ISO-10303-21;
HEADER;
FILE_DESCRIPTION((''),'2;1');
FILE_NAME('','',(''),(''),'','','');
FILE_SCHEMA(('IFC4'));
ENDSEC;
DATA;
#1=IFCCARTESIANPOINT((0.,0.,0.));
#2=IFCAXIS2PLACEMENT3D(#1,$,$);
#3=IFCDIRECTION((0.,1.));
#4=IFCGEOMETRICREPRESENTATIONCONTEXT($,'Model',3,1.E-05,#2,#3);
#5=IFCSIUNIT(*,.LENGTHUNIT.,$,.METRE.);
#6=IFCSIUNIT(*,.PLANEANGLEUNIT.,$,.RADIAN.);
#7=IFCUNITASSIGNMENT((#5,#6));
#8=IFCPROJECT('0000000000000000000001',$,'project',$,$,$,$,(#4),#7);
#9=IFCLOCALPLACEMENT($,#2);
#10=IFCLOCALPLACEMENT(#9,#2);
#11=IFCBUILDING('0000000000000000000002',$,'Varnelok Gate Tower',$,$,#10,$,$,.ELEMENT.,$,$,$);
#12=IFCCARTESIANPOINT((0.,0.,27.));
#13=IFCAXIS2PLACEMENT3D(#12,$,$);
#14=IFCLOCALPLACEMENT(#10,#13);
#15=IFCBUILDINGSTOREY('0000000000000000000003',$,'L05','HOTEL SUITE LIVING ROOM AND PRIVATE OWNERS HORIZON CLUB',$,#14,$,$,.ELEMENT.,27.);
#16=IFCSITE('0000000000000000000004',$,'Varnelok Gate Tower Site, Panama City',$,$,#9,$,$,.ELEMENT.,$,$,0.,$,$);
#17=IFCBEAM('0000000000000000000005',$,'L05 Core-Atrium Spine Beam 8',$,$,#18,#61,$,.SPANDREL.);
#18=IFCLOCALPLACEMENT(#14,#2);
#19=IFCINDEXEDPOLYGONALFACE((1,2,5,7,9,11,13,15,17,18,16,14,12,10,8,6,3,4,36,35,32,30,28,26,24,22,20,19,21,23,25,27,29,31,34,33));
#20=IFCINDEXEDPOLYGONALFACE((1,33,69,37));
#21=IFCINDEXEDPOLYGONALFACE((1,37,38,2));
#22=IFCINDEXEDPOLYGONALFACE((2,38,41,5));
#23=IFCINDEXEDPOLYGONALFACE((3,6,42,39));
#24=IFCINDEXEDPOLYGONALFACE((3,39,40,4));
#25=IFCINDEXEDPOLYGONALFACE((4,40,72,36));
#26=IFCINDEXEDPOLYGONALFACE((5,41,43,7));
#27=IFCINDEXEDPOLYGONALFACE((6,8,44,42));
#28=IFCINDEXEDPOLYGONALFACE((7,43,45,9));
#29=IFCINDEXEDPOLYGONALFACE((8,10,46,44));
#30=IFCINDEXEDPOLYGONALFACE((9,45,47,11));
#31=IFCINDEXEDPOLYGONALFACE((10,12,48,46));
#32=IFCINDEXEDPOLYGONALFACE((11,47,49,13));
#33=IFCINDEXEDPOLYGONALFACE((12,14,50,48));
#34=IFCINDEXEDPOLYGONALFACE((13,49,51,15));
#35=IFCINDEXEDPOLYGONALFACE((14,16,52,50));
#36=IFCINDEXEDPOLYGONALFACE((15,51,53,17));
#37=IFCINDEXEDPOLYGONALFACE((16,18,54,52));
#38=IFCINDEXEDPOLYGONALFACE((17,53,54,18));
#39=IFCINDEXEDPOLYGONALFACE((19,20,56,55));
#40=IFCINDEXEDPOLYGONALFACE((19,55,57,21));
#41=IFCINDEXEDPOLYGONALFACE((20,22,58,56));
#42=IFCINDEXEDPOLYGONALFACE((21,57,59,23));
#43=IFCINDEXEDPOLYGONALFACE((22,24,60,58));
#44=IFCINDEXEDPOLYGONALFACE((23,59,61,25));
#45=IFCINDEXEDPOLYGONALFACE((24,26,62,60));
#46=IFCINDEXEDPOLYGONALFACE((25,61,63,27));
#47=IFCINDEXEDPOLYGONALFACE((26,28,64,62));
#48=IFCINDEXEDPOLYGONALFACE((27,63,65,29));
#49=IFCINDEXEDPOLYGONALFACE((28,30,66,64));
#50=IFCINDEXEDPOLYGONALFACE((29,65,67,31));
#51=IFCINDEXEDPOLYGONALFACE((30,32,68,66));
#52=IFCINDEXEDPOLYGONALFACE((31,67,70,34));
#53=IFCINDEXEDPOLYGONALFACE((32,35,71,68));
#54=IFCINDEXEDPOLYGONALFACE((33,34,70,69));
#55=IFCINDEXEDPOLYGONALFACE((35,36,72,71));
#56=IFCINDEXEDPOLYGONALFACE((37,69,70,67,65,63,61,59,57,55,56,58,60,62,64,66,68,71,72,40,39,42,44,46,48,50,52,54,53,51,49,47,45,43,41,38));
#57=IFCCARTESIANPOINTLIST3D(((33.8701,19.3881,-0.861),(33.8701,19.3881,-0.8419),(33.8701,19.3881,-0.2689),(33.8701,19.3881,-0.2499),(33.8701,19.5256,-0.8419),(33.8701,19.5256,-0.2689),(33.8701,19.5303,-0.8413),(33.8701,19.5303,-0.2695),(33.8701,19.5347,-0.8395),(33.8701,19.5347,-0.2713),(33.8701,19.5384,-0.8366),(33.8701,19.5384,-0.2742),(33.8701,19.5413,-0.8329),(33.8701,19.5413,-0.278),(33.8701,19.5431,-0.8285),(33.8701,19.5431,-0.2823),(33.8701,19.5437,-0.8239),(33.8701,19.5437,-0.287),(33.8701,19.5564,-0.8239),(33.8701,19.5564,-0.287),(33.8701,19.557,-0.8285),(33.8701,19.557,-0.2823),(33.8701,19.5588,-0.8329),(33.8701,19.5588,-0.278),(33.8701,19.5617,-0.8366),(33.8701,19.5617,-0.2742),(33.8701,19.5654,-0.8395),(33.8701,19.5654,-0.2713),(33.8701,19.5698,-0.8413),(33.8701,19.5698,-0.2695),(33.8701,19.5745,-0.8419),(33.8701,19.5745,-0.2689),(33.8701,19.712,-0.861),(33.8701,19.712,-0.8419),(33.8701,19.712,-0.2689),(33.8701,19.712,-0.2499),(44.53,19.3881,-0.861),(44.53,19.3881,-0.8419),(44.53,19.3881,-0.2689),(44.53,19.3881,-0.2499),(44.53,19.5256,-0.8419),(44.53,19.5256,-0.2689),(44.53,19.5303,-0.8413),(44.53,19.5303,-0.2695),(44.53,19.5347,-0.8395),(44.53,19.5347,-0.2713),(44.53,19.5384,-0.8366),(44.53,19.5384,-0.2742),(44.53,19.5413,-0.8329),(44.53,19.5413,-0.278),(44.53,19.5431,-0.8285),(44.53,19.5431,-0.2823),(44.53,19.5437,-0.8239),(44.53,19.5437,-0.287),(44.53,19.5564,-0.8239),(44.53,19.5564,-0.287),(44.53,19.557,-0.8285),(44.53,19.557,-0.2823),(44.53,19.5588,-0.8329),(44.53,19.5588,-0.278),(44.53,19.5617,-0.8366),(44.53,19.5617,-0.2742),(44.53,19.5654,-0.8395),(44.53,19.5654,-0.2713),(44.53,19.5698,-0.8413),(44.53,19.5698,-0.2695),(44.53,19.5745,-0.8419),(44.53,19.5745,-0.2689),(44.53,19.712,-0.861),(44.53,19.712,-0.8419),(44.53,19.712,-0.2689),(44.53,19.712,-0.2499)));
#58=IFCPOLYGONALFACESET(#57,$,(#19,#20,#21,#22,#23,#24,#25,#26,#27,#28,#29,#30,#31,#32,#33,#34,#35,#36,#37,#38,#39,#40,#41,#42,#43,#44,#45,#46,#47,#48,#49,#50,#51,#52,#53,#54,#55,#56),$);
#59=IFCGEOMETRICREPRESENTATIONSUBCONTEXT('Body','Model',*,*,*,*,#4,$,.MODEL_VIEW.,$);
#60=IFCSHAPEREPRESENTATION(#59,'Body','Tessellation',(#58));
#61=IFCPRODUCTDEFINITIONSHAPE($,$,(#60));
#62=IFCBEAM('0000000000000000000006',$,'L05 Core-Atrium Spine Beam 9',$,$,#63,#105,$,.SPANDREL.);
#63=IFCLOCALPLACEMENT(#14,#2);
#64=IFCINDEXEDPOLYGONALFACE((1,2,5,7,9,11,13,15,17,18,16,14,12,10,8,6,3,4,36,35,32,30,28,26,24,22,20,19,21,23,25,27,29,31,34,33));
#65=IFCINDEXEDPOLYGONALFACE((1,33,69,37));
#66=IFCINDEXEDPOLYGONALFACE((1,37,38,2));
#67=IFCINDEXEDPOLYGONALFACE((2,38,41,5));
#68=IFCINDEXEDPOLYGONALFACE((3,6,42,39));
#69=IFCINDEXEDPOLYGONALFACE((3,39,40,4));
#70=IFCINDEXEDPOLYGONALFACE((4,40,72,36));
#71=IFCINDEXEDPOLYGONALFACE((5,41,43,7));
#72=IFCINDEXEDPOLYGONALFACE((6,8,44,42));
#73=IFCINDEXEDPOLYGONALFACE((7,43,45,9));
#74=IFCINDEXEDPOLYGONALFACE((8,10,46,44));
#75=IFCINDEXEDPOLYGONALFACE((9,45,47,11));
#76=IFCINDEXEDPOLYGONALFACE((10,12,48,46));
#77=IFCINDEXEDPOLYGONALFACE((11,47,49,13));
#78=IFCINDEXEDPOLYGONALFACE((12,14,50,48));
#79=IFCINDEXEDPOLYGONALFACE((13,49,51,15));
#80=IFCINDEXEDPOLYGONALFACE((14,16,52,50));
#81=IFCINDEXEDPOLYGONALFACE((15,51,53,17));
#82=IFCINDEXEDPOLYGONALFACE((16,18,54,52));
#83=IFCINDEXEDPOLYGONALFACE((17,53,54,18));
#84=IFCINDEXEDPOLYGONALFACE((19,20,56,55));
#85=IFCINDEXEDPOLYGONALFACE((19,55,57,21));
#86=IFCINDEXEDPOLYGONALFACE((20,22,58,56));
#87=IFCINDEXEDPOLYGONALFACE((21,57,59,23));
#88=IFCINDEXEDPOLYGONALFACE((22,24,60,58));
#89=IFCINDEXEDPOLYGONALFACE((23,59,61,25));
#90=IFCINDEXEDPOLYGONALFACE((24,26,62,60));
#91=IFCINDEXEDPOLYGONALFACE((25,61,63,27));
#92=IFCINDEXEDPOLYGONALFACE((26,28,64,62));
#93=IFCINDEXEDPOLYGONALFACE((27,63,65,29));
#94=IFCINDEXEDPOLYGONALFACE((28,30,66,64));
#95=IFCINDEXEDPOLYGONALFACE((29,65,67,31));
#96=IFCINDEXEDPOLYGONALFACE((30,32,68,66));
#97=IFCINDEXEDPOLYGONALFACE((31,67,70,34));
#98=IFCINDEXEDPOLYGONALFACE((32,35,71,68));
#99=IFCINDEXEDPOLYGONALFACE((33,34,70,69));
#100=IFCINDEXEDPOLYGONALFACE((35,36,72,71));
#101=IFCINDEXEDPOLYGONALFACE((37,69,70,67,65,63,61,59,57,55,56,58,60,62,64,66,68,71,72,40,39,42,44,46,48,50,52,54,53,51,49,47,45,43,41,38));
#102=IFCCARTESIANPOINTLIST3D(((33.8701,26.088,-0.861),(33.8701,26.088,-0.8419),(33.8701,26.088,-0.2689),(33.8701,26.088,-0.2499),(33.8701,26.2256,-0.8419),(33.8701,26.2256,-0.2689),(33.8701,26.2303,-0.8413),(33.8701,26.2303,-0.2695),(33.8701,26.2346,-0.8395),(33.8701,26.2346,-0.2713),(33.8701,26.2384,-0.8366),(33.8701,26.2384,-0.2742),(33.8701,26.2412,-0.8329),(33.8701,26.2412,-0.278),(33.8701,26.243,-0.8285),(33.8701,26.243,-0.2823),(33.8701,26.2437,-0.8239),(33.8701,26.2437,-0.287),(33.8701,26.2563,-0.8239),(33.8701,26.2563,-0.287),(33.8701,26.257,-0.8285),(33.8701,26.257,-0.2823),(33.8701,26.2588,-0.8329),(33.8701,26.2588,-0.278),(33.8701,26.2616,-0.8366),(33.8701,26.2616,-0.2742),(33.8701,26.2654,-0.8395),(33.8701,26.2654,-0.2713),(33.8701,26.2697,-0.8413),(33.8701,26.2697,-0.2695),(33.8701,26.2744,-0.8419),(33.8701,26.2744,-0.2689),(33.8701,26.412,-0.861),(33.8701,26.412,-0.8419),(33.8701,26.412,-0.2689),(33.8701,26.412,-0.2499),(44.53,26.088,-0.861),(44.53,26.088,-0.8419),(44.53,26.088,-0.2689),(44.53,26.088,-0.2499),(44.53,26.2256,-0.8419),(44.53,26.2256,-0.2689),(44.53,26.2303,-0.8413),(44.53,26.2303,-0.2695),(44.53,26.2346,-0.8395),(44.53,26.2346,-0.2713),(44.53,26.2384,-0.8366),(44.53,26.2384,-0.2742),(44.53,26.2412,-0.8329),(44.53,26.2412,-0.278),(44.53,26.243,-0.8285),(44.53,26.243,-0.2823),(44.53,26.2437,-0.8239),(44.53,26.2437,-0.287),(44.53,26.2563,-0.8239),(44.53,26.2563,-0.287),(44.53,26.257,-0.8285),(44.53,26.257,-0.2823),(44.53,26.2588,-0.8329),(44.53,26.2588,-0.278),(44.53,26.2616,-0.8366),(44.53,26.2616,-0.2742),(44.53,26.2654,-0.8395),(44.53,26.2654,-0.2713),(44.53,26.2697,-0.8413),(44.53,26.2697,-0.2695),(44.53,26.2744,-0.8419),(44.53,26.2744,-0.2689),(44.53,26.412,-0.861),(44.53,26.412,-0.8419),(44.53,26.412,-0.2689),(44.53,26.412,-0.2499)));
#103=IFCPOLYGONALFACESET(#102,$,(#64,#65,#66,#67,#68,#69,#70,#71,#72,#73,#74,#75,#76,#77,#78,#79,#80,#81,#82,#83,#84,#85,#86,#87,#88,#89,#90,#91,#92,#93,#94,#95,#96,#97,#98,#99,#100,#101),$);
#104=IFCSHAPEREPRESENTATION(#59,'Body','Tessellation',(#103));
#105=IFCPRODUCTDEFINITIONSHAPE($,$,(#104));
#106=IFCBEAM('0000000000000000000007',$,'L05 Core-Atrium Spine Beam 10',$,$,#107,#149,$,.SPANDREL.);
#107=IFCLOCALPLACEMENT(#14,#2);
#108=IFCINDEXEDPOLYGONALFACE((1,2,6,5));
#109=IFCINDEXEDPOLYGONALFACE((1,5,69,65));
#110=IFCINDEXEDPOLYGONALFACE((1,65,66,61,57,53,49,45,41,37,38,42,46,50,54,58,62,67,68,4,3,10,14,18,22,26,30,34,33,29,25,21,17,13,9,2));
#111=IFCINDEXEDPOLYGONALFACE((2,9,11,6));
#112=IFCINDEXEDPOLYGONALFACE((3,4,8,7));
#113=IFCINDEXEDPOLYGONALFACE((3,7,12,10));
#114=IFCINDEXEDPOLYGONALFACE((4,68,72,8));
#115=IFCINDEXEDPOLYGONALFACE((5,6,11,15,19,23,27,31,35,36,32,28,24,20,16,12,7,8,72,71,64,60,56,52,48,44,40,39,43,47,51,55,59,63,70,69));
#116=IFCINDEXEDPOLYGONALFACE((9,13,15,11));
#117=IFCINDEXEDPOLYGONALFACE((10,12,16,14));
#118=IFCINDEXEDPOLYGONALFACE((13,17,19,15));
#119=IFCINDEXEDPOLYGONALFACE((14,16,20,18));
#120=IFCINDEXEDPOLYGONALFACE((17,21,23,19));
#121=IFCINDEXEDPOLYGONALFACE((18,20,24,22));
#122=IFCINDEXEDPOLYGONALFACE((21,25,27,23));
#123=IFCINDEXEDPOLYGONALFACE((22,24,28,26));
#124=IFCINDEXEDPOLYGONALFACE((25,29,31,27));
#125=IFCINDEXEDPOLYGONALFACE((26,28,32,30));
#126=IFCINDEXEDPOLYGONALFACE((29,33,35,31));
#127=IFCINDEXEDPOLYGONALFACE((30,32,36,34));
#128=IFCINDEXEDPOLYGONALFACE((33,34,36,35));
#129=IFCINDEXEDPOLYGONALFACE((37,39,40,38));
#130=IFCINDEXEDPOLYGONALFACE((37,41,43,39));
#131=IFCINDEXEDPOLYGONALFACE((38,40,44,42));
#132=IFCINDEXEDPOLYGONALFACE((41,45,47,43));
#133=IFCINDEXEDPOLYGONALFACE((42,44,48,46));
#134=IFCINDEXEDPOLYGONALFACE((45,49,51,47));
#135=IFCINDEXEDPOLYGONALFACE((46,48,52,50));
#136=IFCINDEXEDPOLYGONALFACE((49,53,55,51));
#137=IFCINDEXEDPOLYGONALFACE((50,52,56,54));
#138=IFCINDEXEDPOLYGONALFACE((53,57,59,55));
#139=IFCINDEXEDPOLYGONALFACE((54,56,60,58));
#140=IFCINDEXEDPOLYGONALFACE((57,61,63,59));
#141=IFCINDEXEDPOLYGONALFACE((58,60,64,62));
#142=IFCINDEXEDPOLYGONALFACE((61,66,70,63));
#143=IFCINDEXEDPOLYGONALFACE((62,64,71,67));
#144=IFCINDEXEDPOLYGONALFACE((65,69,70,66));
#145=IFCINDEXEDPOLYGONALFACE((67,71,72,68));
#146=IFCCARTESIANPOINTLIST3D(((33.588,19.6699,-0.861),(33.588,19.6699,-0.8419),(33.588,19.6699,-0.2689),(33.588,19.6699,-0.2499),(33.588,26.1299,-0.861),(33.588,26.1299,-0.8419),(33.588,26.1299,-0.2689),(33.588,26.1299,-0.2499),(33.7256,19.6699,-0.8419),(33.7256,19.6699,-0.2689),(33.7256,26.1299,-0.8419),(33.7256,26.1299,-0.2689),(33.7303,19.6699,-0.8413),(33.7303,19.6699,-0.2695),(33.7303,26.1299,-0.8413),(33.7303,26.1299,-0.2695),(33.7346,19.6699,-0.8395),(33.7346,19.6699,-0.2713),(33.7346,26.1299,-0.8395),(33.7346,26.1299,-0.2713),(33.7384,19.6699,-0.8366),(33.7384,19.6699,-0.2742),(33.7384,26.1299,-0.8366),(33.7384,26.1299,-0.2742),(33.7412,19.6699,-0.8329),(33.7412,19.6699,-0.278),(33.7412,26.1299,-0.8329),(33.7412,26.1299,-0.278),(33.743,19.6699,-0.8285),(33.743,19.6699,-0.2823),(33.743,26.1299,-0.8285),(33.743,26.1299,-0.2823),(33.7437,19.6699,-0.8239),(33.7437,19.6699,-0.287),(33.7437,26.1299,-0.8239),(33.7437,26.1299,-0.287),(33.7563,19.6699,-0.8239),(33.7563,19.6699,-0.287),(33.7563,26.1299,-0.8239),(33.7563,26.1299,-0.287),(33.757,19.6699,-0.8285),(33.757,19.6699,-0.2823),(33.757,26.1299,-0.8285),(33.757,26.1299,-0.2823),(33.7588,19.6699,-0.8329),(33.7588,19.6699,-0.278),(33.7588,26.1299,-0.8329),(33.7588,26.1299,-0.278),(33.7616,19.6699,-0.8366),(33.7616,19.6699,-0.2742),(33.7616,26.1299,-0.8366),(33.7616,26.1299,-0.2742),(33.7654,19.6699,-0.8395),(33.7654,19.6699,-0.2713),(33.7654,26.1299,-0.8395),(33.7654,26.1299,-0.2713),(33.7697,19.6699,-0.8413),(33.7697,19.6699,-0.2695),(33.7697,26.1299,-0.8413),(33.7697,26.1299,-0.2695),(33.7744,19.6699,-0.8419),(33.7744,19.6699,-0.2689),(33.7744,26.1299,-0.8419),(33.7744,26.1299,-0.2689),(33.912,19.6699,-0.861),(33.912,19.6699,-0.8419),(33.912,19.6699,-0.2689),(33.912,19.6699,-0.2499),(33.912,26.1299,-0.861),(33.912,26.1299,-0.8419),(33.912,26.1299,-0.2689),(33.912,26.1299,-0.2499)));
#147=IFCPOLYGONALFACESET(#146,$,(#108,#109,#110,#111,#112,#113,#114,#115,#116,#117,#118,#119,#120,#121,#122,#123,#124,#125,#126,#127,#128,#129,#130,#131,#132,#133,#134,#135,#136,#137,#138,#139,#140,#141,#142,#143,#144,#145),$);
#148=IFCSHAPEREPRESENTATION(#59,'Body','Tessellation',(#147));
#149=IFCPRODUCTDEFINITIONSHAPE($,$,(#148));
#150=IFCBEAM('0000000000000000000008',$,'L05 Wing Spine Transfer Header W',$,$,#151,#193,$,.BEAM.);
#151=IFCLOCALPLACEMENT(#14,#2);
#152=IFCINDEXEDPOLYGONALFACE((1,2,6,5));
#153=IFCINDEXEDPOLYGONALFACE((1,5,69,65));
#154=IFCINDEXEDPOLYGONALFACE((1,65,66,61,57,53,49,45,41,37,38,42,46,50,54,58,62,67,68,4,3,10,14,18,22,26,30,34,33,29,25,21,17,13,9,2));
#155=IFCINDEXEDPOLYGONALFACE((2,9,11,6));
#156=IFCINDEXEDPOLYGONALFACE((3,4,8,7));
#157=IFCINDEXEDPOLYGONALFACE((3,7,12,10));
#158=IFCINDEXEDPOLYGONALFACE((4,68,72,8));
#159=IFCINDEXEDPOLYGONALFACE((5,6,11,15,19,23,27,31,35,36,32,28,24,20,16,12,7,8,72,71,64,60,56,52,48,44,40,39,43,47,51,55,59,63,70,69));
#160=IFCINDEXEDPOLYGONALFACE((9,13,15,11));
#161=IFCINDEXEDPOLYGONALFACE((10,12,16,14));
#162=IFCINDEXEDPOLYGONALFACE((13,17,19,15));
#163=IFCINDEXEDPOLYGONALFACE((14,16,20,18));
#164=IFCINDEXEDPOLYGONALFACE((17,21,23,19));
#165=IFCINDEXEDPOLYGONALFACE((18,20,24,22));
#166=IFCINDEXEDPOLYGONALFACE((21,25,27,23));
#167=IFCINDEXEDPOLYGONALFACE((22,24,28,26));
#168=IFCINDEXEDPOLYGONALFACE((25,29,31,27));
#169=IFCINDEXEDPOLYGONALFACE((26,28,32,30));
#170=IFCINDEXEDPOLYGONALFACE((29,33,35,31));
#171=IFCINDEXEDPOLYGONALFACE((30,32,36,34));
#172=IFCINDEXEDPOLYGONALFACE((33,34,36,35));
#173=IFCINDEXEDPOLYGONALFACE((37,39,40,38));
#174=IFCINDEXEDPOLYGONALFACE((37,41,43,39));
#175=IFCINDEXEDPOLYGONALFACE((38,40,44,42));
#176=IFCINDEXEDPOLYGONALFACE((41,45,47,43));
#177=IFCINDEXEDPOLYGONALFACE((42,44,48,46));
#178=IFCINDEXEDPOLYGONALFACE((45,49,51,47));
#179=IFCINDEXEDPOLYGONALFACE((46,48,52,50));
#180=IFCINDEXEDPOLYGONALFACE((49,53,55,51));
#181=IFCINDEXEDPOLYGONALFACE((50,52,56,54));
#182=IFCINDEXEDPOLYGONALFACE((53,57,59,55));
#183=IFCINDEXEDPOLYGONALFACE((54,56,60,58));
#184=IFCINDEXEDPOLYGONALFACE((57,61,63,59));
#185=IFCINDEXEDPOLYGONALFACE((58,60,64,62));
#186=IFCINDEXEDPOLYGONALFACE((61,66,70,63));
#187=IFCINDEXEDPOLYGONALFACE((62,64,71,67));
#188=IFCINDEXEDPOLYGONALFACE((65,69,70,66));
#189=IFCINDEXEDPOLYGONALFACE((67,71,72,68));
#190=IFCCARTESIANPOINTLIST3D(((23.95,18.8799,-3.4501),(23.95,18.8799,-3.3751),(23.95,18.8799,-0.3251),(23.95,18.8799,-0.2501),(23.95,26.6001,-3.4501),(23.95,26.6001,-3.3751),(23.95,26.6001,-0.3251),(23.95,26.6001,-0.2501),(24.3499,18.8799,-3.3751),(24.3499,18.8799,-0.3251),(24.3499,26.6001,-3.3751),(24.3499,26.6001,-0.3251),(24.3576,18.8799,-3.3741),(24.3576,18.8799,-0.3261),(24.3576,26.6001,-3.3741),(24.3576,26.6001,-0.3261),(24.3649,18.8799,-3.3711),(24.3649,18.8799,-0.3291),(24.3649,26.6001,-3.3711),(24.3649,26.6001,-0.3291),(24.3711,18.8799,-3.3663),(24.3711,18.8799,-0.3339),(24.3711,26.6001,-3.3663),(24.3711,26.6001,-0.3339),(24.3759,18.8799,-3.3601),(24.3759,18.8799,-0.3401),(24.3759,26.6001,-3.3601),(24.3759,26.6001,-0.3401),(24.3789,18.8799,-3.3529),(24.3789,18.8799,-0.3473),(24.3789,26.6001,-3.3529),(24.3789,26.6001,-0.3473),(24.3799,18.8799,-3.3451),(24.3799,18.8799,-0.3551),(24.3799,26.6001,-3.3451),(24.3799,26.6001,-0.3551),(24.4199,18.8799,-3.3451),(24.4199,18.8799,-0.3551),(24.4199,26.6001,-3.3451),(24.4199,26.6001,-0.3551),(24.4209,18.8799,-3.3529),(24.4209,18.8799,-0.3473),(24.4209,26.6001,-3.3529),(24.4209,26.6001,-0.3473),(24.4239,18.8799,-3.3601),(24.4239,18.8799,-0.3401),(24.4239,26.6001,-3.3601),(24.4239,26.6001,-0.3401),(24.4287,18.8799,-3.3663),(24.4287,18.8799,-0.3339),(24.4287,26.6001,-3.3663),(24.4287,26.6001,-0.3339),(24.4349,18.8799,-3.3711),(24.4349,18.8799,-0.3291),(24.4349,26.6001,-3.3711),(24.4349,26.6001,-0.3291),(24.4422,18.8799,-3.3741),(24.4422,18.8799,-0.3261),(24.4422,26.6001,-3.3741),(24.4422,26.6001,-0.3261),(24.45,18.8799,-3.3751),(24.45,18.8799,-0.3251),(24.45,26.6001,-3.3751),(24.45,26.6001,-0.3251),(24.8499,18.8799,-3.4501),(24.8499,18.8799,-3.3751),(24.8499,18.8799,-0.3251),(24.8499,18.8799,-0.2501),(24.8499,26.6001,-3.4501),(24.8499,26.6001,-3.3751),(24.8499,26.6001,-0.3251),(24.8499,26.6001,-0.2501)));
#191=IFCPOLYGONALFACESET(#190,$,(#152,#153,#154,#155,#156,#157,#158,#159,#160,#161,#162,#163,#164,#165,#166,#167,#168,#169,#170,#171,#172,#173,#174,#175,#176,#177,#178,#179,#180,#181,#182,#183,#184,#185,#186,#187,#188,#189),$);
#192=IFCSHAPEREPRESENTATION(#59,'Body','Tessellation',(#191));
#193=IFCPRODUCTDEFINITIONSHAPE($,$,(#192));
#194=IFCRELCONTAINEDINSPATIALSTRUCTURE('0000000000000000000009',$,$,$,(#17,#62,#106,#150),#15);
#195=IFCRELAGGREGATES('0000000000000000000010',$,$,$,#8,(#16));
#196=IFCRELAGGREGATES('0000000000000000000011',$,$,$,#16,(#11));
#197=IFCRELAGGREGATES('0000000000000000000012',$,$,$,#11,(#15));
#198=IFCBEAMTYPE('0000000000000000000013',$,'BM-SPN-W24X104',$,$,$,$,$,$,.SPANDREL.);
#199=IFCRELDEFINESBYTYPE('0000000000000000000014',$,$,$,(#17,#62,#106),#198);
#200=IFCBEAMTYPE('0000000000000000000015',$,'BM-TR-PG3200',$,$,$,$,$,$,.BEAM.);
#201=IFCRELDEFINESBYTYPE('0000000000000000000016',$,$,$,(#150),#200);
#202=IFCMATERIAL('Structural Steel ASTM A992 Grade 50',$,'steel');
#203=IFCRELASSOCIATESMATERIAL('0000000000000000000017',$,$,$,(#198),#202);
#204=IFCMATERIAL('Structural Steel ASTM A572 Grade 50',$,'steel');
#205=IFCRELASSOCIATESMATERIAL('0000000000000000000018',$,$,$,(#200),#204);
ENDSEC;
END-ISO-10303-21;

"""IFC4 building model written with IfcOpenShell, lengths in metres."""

from ifc_helpers import new_model, si_unit, direction, frame, origin, origin_2d, place, context, subcontext, project, spatial, i_section, extrude, material, material_profile, profile_set, type_object, element, save


model = new_model("IFC4")

# Units and contexts
model_context = context("Model", 3, precision=1e-05, world=origin(), true_north=direction((0.0, 1.0)))
body_context = subcontext(model_context, "Body", "Model", "MODEL_VIEW")
ifc_project = project(units=[si_unit("LENGTHUNIT", "METRE"), si_unit("PLANEANGLEUNIT", "RADIAN")], contexts=[model_context])

# Site, building, storey
site_placement = place(None, origin())
site = spatial("IfcSite", under=ifc_project, at=site_placement, Name="Varnelok Gate Tower Site, Panama City", CompositionType="ELEMENT", RefElevation=0.0)
building_placement = place(site_placement, origin())
building = spatial("IfcBuilding", under=site, at=building_placement, Name="Varnelok Gate Tower", CompositionType="ELEMENT")
storey_placement = place(building_placement, frame((0.0, 0.0, 27.0)))
storey = spatial("IfcBuildingStorey", under=building, at=storey_placement, Name="L05", Description="HOTEL SUITE LIVING ROOM AND PRIVATE OWNERS HORIZON CLUB", CompositionType="ELEMENT", Elevation=27.0)

# Shared definitions
ifc_material_1 = material(Name="Structural Steel ASTM A992 Grade 50", Category="steel")

# Beams
ifc_material_profile_1 = material_profile(ifc_material_1, i_section(OverallWidth=0.324, OverallDepth=0.6111, WebThickness=0.0127, FlangeThickness=0.019, FilletRadius=0.0181, at=origin_2d()), Name="W24X104")
ifc_profile_set_1 = profile_set([ifc_material_profile_1], Name="Structural Steel ASTM A992 Grade 50")
beam_type_1 = type_object("IfcBeamType", Name="BM-SPN-W24X104", PredefinedType="SPANDREL", material=ifc_profile_set_1)
for number, where, z_axis, x_axis, name in (
    (1, (33.8701, 19.55, -0.5554), (1.0, 0.0, 0.0), (0.0, 1.0, 0.0), "L05 Core-Atrium Spine Beam 8"),
    (2, (33.8701, 26.25, -0.5554), (1.0, 0.0, 0.0), (0.0, 1.0, 0.0), "L05 Core-Atrium Spine Beam 9"),
):
    element("IfcBeam", number, at=place(storey_placement, frame(where, z_axis=z_axis, x_axis=x_axis)), inside=storey, type_object=beam_type_1, Name=name, PredefinedType="SPANDREL", context=body_context, shape_type="SweptSolid", body=[
        extrude(i_section(OverallWidth=0.324, OverallDepth=0.6111, WebThickness=0.0127, FlangeThickness=0.019, FilletRadius=0.0181, at=origin_2d()), origin(), (0.0, 0.0, 1.0), 10.6599),
    ])
beam_1_placement = place(storey_placement, frame((33.75, 19.6699, -0.5554), z_axis=(0.0, 1.0, 0.0), x_axis=(-1.0, 0.0, 0.0)))
element("IfcBeam", 3, at=beam_1_placement, inside=storey, type_object=beam_type_1, Name="L05 Core-Atrium Spine Beam 10", PredefinedType="SPANDREL", context=body_context, shape_type="SweptSolid", body=[
    extrude(i_section(OverallWidth=0.324, OverallDepth=0.6111, WebThickness=0.0127, FlangeThickness=0.019, FilletRadius=0.0181, at=origin_2d()), origin(), (0.0, 0.0, 1.0), 6.46),
])
ifc_material_2 = material(Name="Structural Steel ASTM A572 Grade 50", Category="steel")
ifc_material_profile_2 = material_profile(ifc_material_2, i_section(OverallWidth=0.8999, OverallDepth=3.2, WebThickness=0.04, FlangeThickness=0.075, FilletRadius=0.03, at=origin_2d()), Name="PG3200X900")
ifc_profile_set_2 = profile_set([ifc_material_profile_2], Name="Structural Steel ASTM A572 Grade 50")
beam_type_2 = type_object("IfcBeamType", Name="BM-TR-PG3200", PredefinedType="BEAM", material=ifc_profile_set_2)
beam_2_placement = place(storey_placement, frame((24.3999, 18.8799, -1.8501), z_axis=(0.0, 1.0, 0.0), x_axis=(-1.0, 0.0, 0.0)))
element("IfcBeam", 4, at=beam_2_placement, inside=storey, type_object=beam_type_2, Name="L05 Wing Spine Transfer Header W", PredefinedType="BEAM", context=body_context, shape_type="SweptSolid", body=[
    extrude(i_section(OverallWidth=0.8999, OverallDepth=3.2, WebThickness=0.04, FlangeThickness=0.075, FilletRadius=0.03, at=origin_2d()), origin(), (0.0, 0.0, 1.0), 7.7202),
])

save(model, "model.ifc")
